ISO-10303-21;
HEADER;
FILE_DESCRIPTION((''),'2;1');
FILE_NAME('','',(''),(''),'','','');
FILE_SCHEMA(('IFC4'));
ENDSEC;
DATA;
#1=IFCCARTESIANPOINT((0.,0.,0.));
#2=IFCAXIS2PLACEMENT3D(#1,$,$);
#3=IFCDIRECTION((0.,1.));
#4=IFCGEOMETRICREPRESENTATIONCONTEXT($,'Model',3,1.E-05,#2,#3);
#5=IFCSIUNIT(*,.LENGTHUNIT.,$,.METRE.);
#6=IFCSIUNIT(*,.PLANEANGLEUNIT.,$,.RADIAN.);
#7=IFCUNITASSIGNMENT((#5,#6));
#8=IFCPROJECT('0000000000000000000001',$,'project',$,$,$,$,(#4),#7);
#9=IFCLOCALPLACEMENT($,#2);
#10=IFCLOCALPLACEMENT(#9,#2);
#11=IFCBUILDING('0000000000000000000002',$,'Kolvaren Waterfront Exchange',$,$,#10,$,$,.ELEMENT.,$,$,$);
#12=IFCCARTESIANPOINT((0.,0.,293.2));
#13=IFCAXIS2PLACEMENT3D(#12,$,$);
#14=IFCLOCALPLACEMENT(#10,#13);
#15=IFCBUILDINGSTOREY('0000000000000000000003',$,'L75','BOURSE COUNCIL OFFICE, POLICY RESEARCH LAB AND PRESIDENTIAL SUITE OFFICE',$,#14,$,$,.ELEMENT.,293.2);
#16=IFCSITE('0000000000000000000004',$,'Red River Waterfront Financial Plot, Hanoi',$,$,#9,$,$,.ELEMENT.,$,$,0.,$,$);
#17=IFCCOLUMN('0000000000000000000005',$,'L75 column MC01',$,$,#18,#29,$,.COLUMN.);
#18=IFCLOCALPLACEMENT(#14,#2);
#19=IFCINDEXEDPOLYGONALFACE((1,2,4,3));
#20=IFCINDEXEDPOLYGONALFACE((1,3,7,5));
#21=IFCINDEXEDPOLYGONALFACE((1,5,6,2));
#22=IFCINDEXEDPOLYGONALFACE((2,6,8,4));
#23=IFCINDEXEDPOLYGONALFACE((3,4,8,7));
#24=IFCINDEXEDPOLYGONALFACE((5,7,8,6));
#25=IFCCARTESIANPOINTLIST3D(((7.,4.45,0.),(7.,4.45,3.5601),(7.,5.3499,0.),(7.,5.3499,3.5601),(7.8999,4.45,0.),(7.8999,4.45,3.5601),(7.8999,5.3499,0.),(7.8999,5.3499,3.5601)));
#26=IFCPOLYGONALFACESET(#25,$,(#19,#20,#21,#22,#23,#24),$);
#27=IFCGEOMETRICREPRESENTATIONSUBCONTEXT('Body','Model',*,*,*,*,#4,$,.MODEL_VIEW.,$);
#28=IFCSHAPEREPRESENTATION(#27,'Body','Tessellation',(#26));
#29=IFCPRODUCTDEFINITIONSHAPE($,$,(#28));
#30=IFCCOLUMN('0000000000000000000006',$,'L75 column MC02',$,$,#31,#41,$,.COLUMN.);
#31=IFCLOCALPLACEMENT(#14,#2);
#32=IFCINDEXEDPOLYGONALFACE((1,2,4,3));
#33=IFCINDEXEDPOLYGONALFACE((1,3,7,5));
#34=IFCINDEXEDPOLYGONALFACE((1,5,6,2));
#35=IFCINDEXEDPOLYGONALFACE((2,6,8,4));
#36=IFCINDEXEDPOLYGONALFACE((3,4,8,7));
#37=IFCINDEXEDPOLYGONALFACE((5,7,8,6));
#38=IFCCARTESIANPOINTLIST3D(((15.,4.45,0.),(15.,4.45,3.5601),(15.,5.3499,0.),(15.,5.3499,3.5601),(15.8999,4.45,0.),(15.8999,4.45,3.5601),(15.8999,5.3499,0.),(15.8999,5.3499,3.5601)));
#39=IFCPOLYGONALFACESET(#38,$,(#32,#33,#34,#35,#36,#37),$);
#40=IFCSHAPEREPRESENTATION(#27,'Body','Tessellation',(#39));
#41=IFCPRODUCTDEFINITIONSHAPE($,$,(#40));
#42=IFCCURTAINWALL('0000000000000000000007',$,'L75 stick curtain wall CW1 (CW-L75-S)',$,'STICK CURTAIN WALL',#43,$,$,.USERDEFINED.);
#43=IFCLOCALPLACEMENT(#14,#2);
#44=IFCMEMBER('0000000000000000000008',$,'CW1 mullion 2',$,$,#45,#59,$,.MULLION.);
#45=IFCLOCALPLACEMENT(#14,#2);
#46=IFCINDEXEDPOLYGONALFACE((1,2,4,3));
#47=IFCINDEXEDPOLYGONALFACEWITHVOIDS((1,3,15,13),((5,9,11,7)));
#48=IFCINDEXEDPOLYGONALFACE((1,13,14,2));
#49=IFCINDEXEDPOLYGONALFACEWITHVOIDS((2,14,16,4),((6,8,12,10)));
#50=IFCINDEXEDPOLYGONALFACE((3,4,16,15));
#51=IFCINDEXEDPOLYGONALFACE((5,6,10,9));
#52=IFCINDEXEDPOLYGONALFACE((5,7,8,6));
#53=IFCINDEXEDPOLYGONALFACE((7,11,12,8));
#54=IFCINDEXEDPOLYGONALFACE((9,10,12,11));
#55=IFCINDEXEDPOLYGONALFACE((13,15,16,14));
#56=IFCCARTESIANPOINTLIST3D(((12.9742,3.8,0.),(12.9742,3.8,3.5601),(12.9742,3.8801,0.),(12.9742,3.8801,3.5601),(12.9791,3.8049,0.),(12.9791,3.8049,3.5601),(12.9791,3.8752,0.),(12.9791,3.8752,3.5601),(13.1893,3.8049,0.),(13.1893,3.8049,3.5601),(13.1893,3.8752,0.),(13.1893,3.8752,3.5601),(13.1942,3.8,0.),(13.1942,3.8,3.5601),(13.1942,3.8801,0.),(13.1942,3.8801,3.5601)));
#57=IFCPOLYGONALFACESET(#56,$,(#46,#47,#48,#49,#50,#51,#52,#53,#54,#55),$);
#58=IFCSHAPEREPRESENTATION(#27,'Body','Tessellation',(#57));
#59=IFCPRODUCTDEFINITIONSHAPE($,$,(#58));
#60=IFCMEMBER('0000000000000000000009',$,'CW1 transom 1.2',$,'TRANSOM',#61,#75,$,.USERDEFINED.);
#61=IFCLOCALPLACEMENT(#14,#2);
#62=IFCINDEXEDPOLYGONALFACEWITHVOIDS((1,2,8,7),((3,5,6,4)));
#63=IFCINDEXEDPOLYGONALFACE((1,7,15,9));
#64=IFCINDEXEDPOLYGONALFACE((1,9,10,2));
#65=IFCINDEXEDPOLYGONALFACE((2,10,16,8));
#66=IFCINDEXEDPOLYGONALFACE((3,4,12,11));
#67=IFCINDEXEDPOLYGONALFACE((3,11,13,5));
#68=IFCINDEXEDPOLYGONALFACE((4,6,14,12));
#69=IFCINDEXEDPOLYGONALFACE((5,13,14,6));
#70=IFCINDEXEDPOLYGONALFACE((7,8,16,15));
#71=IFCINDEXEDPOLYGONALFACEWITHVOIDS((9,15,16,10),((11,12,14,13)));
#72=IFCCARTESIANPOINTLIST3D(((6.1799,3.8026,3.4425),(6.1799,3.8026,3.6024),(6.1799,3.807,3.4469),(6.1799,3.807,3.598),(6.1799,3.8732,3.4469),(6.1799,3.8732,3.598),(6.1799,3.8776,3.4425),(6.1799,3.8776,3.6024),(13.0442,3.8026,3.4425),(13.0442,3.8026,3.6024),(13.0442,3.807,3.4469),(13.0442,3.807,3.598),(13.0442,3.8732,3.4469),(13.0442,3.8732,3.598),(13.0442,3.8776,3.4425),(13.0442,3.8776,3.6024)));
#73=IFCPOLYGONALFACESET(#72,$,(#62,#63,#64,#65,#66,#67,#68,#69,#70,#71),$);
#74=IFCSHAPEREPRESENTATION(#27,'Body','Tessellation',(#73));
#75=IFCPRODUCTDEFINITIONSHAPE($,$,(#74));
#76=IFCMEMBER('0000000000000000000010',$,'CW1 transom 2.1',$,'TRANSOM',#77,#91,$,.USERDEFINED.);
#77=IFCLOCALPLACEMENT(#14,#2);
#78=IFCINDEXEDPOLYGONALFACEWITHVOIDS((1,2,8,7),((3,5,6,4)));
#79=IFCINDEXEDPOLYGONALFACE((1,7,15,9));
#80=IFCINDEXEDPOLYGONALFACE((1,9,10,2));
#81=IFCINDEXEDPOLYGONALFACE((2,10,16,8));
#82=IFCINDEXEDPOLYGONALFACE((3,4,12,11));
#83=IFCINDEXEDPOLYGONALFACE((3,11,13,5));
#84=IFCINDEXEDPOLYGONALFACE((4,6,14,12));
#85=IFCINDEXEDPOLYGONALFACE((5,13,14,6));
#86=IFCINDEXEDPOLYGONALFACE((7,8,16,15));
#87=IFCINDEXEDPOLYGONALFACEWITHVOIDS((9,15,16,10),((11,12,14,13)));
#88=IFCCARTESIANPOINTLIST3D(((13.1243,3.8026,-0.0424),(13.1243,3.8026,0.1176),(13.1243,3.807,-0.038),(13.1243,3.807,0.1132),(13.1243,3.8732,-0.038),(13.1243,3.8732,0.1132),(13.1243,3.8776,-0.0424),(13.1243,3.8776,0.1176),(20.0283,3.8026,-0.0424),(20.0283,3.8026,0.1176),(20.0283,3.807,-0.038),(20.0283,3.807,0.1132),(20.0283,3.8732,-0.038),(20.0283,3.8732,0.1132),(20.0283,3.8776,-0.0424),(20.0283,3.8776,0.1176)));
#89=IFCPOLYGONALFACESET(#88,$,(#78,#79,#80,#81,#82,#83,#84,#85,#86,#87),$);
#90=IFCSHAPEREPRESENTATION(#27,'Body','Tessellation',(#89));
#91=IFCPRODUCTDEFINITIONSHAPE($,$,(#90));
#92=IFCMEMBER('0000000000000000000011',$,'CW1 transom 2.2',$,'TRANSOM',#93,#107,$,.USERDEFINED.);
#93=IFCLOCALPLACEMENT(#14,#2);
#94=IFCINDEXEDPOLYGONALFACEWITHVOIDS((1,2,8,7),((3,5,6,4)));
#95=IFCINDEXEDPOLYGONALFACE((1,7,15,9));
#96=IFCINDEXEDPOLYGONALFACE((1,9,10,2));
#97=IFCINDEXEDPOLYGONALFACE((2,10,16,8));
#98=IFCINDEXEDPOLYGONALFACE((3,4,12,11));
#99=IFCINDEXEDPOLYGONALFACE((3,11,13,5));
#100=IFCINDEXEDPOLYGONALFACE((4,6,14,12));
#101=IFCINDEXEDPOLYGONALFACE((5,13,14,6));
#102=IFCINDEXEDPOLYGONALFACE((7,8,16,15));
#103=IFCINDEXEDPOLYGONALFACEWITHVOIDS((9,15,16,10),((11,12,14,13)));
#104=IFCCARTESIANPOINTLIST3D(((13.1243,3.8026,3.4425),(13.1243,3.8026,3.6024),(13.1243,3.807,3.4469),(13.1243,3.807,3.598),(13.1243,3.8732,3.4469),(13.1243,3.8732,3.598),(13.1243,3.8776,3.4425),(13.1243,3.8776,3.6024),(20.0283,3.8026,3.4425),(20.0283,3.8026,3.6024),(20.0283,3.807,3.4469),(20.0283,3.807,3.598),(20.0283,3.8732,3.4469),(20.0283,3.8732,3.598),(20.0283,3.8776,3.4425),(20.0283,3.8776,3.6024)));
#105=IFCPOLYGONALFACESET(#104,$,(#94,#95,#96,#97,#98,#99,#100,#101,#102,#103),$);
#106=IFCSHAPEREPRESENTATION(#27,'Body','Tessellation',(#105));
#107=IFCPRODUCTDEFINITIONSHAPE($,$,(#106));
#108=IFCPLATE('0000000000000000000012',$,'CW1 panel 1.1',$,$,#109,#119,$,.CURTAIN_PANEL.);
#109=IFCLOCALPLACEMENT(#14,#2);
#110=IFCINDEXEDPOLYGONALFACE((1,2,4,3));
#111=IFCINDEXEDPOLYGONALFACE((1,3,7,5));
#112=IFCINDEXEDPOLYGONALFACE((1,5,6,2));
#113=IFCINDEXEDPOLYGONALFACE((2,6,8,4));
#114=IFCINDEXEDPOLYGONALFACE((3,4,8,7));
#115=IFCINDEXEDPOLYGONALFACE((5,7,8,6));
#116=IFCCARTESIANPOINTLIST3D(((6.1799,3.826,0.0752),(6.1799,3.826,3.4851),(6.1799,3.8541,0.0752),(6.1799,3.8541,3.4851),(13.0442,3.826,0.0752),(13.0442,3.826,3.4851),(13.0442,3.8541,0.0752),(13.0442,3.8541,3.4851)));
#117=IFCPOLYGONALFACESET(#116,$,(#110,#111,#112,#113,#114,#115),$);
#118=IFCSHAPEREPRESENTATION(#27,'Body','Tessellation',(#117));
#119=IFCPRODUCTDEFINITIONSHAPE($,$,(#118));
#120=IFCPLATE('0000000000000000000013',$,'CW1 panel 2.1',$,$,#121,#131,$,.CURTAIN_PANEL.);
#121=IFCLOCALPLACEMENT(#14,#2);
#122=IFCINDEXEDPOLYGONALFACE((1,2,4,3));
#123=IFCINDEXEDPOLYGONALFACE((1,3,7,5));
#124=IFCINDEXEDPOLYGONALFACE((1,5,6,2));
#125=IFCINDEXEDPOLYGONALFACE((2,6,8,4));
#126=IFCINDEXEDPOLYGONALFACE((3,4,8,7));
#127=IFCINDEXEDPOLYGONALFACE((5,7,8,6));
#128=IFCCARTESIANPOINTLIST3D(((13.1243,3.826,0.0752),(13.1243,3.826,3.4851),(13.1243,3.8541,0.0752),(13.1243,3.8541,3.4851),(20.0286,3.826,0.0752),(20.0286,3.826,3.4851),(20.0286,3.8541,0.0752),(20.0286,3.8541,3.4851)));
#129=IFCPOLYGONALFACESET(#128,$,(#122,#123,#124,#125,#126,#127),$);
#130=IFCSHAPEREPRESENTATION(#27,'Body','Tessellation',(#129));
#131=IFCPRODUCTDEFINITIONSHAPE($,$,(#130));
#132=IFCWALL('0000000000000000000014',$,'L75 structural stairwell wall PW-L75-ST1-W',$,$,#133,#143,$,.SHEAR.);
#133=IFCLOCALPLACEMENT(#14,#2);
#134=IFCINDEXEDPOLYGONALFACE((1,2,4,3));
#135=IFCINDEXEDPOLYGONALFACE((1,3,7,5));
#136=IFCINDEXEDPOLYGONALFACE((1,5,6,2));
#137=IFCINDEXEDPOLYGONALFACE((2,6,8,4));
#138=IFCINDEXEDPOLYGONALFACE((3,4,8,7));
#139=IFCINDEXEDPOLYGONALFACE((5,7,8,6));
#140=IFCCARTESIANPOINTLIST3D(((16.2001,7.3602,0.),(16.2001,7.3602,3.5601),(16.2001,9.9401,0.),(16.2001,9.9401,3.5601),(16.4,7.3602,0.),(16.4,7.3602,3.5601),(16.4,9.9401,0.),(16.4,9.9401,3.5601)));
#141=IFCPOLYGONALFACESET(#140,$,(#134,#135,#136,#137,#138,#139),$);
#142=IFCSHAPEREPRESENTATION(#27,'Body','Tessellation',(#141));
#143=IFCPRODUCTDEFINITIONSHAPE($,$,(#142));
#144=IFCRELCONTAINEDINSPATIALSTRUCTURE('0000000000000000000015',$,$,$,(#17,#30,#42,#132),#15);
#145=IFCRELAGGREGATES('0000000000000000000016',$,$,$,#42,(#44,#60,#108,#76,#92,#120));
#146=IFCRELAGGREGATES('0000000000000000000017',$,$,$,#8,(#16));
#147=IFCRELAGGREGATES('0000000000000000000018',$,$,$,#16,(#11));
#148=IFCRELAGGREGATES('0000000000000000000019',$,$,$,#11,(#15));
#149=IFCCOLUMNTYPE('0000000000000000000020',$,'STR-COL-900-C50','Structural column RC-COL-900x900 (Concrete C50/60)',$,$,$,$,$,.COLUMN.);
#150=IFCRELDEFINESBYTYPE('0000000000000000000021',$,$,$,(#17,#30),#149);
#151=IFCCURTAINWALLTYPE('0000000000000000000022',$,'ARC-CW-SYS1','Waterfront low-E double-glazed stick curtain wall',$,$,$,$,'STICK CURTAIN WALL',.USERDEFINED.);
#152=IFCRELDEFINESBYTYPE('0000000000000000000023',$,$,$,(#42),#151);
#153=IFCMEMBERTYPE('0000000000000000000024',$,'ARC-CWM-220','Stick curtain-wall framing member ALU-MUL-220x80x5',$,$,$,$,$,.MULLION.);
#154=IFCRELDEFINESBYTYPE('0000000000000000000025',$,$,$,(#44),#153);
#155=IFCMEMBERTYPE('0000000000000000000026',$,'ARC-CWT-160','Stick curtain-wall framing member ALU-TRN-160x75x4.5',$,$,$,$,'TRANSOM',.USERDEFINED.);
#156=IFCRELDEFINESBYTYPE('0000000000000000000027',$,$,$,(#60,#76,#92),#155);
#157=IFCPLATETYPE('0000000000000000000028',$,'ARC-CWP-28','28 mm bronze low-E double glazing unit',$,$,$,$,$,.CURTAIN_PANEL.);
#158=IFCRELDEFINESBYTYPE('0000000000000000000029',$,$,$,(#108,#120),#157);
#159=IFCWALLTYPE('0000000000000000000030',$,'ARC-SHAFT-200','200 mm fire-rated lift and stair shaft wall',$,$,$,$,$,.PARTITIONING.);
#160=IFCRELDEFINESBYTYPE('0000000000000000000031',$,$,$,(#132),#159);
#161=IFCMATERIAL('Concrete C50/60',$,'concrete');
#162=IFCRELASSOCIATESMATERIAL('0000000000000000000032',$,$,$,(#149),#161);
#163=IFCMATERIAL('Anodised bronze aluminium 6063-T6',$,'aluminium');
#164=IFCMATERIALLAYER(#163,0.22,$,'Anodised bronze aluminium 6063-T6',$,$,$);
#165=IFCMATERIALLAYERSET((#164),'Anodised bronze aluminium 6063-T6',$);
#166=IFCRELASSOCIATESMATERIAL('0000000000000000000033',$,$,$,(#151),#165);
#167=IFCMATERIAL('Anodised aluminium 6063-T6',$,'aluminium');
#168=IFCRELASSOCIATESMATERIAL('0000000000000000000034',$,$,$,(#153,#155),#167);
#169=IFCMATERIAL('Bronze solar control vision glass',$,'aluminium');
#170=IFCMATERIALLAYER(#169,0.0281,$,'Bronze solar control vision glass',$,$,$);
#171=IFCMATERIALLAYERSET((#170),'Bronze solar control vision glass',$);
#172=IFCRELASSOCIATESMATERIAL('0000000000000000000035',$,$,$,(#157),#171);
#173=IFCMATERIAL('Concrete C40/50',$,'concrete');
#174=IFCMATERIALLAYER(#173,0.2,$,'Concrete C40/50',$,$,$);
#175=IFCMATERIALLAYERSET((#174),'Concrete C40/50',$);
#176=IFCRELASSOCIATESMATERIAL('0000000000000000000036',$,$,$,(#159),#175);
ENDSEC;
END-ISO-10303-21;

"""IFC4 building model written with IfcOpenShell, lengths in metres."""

from ifc_helpers import new_model, si_unit, direction, frame, frame_2d, origin, origin_with_axes, origin_2d, place, context, subcontext, project, spatial, rectangle, hollow_rectangle, extrude, source, transform, mapped, material, layer, layer_set, material_profile, profile_set, type_object, element, aggregate, save


model = new_model("IFC4")

# Units and contexts
model_context = context("Model", 3, precision=1e-05, world=origin(), true_north=direction((0.0, 1.0)))
body_context = subcontext(model_context, "Body", "Model", "MODEL_VIEW")
ifc_project = project(units=[si_unit("LENGTHUNIT", "METRE"), si_unit("PLANEANGLEUNIT", "RADIAN")], contexts=[model_context])

# Site, building, storey
site_placement = place(None, origin())
site = spatial("IfcSite", under=ifc_project, at=site_placement, Name="Red River Waterfront Financial Plot, Hanoi", CompositionType="ELEMENT", RefElevation=0.0)
building_placement = place(site_placement, origin())
building = spatial("IfcBuilding", under=site, at=building_placement, Name="Kolvaren Waterfront Exchange", CompositionType="ELEMENT")
storey_placement = place(building_placement, frame((0.0, 0.0, 293.2)))
storey = spatial("IfcBuildingStorey", under=building, at=storey_placement, Name="L75", Description="BOURSE COUNCIL OFFICE, POLICY RESEARCH LAB AND PRESIDENTIAL SUITE OFFICE", CompositionType="ELEMENT", Elevation=293.2)

# Columns
ifc_material_1 = material(Name="Concrete C50/60", Category="concrete")
ifc_material_profile_1 = material_profile(ifc_material_1, rectangle(XDim=0.8999, YDim=0.8999, at=origin_2d()), Name="RC-COL-900x900")
ifc_profile_set_1 = profile_set([ifc_material_profile_1], Name="Concrete C50/60")
column_type = type_object("IfcColumnType", Name="STR-COL-900-C50", Description="Structural column RC-COL-900x900 (Concrete C50/60)", PredefinedType="COLUMN", material=ifc_profile_set_1)
for number, where, z_axis, x_axis, name in (
    (1, (7.45, 4.8999, 0.0), (0.0, 0.0, 1.0), (1.0, 0.0, 0.0), "L75 column MC01"),
    (2, (15.45, 4.8999, 0.0), (0.0, 0.0, 1.0), (1.0, 0.0, 0.0), "L75 column MC02"),
):
    element("IfcColumn", number, at=place(storey_placement, frame(where, z_axis=z_axis, x_axis=x_axis)), inside=storey, type_object=column_type, Name=name, PredefinedType="COLUMN", context=body_context, shape_type="SweptSolid", body=[
        extrude(rectangle(XDim=0.8999, YDim=0.8999, at=origin_2d()), origin(), (0.0, 0.0, 1.0), 3.5601),
    ])

# Curtain wall, members, plates
ifc_material_2 = material(Name="Anodised bronze aluminium 6063-T6", Category="aluminium")
ifc_layer_1 = layer(ifc_material_2, 0.22, Name="Anodised bronze aluminium 6063-T6")
ifc_layer_set_1 = layer_set([ifc_layer_1], Name="Anodised bronze aluminium 6063-T6")
curtain_wall_type = type_object("IfcCurtainWallType", Name="ARC-CW-SYS1", Description="Waterfront low-E double-glazed stick curtain wall", ElementType="STICK CURTAIN WALL", PredefinedType="USERDEFINED", material=ifc_layer_set_1)
curtain_wall_placement = place(storey_placement, origin())
curtain_wall = element("IfcCurtainWall", 3, at=curtain_wall_placement, inside=storey, type_object=curtain_wall_type, Name="L75 stick curtain wall CW1 (CW-L75-S)", ObjectType="STICK CURTAIN WALL", PredefinedType="USERDEFINED")
ifc_material_3 = material(Name="Anodised aluminium 6063-T6", Category="aluminium")
ifc_material_profile_2 = material_profile(ifc_material_3, hollow_rectangle(XDim=0.0801, YDim=0.22, WallThickness=0.0049, at=origin_2d()), Name="ALU-MUL-220x80x5")
ifc_profile_set_2 = profile_set([ifc_material_profile_2], Name="Anodised aluminium 6063-T6")
member_type_1 = type_object("IfcMemberType", Name="ARC-CWM-220", Description="Stick curtain-wall framing member ALU-MUL-220x80x5", PredefinedType="MULLION", material=ifc_profile_set_2)
shared_shape_1 = source(origin_with_axes(), body_context, "Body", "SweptSolid", [
    extrude(hollow_rectangle(XDim=0.0801, YDim=0.22, WallThickness=0.0049, at=origin_2d()), origin(), (0.0, 0.0, 1.0), 3.5601),
])
member_1_placement = place(storey_placement, frame((13.0842, 3.8401, 0.0), z_axis=(0.0, 0.0, 1.0), x_axis=(0.0, 1.0, 0.0)))
member_1 = element("IfcMember", 4, at=member_1_placement, type_object=member_type_1, Name="CW1 mullion 2", PredefinedType="MULLION", context=body_context, shape_type="MappedRepresentation", body=[
    mapped(shared_shape_1, transform((0.0, 0.0, 0.0), x_axis=(1.0, 0.0, 0.0), y_axis=(0.0, 1.0, 0.0), z_axis=(0.0, 0.0, 1.0), scale=1.0)),
])
ifc_material_profile_3 = material_profile(ifc_material_3, hollow_rectangle(XDim=0.075, YDim=0.1599, WallThickness=0.0044, at=origin_2d()), Name="ALU-TRN-160x75x4.5")
ifc_profile_set_3 = profile_set([ifc_material_profile_3], Name="Anodised aluminium 6063-T6")
member_type_2 = type_object("IfcMemberType", Name="ARC-CWT-160", Description="Stick curtain-wall framing member ALU-TRN-160x75x4.5", ElementType="TRANSOM", PredefinedType="USERDEFINED", material=ifc_profile_set_3)
shared_shape_2 = source(origin_with_axes(), body_context, "Body", "SweptSolid", [
    extrude(hollow_rectangle(XDim=0.075, YDim=0.1599, WallThickness=0.0044, at=origin_2d()), origin(), (0.0, 0.0, 1.0), 6.8643),
])
member_2_placement = place(storey_placement, frame((6.1799, 3.8401, 3.5225), z_axis=(1.0, 0.0, 0.0), x_axis=(0.0, 1.0, 0.0)))
member_2 = element("IfcMember", 5, at=member_2_placement, type_object=member_type_2, Name="CW1 transom 1.2", ObjectType="TRANSOM", PredefinedType="USERDEFINED", context=body_context, shape_type="MappedRepresentation", body=[
    mapped(shared_shape_2, transform((0.0, 0.0, 0.0), x_axis=(1.0, 0.0, 0.0), y_axis=(0.0, 1.0, 0.0), z_axis=(0.0, 0.0, 1.0), scale=1.0)),
])
shared_shape_3 = source(origin_with_axes(), body_context, "Body", "SweptSolid", [
    extrude(hollow_rectangle(XDim=0.075, YDim=0.1599, WallThickness=0.0044, at=origin_2d()), origin(), (0.0, 0.0, 1.0), 6.9041),
])
member_3_placement = place(storey_placement, frame((13.1243, 3.8401, 0.0376), z_axis=(1.0, 0.0, 0.0), x_axis=(0.0, 1.0, 0.0)))
member_3 = element("IfcMember", 6, at=member_3_placement, type_object=member_type_2, Name="CW1 transom 2.1", ObjectType="TRANSOM", PredefinedType="USERDEFINED", context=body_context, shape_type="MappedRepresentation", body=[
    mapped(shared_shape_3, transform((0.0, 0.0, 0.0), x_axis=(1.0, 0.0, 0.0), y_axis=(0.0, 1.0, 0.0), z_axis=(0.0, 0.0, 1.0), scale=1.0)),
])
member_4_placement = place(storey_placement, frame((13.1243, 3.8401, 3.5225), z_axis=(1.0, 0.0, 0.0), x_axis=(0.0, 1.0, 0.0)))
member_4 = element("IfcMember", 7, at=member_4_placement, type_object=member_type_2, Name="CW1 transom 2.2", ObjectType="TRANSOM", PredefinedType="USERDEFINED", context=body_context, shape_type="MappedRepresentation", body=[
    mapped(shared_shape_3, transform((0.0, 0.0, 0.0), x_axis=(1.0, 0.0, 0.0), y_axis=(0.0, 1.0, 0.0), z_axis=(0.0, 0.0, 1.0), scale=1.0)),
])
ifc_material_4 = material(Name="Bronze solar control vision glass", Category="aluminium")
ifc_layer_2 = layer(ifc_material_4, 0.0281, Name="Bronze solar control vision glass")
ifc_layer_set_2 = layer_set([ifc_layer_2], Name="Bronze solar control vision glass")
plate_type = type_object("IfcPlateType", Name="ARC-CWP-28", Description="28 mm bronze low-E double glazing unit", PredefinedType="CURTAIN_PANEL", material=ifc_layer_set_2)
shared_shape_4 = source(origin_with_axes(), body_context, "Body", "SweptSolid", [
    extrude(rectangle(XDim=6.8643, YDim=0.0281, at=origin_2d()), origin(), (0.0, 0.0, 1.0), 3.4099),
])
plate_1_placement = place(storey_placement, frame((9.6121, 3.8401, 0.0752), z_axis=(0.0, 0.0, 1.0), x_axis=(1.0, 0.0, 0.0)))
plate_1 = element("IfcPlate", 8, at=plate_1_placement, type_object=plate_type, Name="CW1 panel 1.1", PredefinedType="CURTAIN_PANEL", context=body_context, shape_type="MappedRepresentation", body=[
    mapped(shared_shape_4, transform((0.0, 0.0, 0.0), x_axis=(1.0, 0.0, 0.0), y_axis=(0.0, 1.0, 0.0), z_axis=(0.0, 0.0, 1.0), scale=1.0)),
])
shared_shape_5 = source(origin_with_axes(), body_context, "Body", "SweptSolid", [
    extrude(rectangle(XDim=6.9043, YDim=0.0281, at=origin_2d()), origin(), (0.0, 0.0, 1.0), 3.4099),
])
plate_2_placement = place(storey_placement, frame((16.5764, 3.8401, 0.0752), z_axis=(0.0, 0.0, 1.0), x_axis=(1.0, 0.0, 0.0)))
plate_2 = element("IfcPlate", 9, at=plate_2_placement, type_object=plate_type, Name="CW1 panel 2.1", PredefinedType="CURTAIN_PANEL", context=body_context, shape_type="MappedRepresentation", body=[
    mapped(shared_shape_5, transform((0.0, 0.0, 0.0), x_axis=(1.0, 0.0, 0.0), y_axis=(0.0, 1.0, 0.0), z_axis=(0.0, 0.0, 1.0), scale=1.0)),
])
aggregate(curtain_wall, [member_1, member_2, plate_1, member_3, member_4, plate_2])

# Wall
ifc_material_5 = material(Name="Concrete C40/50", Category="concrete")
ifc_layer_3 = layer(ifc_material_5, 0.2, Name="Concrete C40/50")
ifc_layer_set_3 = layer_set([ifc_layer_3], Name="Concrete C40/50")
wall_type_1 = type_object("IfcWallType", Name="ARC-SHAFT-200", Description="200 mm fire-rated lift and stair shaft wall", PredefinedType="PARTITIONING", material=ifc_layer_set_3)
wall_1_placement = place(storey_placement, frame((16.3, 7.3601, 0.0), z_axis=(0.0, 0.0, 1.0), x_axis=(0.0, 1.0, 0.0)))
element("IfcWall", 10, at=wall_1_placement, inside=storey, type_object=wall_type_1, Name="L75 structural stairwell wall PW-L75-ST1-W", PredefinedType="SHEAR", context=body_context, shape_type="SweptSolid", body=[
    extrude(rectangle(XDim=2.5798, YDim=0.2, at=frame_2d((1.29, 0.0))), origin(), (0.0, 0.0, 1.0), 3.5601),
])

save(model, "model.ifc")
